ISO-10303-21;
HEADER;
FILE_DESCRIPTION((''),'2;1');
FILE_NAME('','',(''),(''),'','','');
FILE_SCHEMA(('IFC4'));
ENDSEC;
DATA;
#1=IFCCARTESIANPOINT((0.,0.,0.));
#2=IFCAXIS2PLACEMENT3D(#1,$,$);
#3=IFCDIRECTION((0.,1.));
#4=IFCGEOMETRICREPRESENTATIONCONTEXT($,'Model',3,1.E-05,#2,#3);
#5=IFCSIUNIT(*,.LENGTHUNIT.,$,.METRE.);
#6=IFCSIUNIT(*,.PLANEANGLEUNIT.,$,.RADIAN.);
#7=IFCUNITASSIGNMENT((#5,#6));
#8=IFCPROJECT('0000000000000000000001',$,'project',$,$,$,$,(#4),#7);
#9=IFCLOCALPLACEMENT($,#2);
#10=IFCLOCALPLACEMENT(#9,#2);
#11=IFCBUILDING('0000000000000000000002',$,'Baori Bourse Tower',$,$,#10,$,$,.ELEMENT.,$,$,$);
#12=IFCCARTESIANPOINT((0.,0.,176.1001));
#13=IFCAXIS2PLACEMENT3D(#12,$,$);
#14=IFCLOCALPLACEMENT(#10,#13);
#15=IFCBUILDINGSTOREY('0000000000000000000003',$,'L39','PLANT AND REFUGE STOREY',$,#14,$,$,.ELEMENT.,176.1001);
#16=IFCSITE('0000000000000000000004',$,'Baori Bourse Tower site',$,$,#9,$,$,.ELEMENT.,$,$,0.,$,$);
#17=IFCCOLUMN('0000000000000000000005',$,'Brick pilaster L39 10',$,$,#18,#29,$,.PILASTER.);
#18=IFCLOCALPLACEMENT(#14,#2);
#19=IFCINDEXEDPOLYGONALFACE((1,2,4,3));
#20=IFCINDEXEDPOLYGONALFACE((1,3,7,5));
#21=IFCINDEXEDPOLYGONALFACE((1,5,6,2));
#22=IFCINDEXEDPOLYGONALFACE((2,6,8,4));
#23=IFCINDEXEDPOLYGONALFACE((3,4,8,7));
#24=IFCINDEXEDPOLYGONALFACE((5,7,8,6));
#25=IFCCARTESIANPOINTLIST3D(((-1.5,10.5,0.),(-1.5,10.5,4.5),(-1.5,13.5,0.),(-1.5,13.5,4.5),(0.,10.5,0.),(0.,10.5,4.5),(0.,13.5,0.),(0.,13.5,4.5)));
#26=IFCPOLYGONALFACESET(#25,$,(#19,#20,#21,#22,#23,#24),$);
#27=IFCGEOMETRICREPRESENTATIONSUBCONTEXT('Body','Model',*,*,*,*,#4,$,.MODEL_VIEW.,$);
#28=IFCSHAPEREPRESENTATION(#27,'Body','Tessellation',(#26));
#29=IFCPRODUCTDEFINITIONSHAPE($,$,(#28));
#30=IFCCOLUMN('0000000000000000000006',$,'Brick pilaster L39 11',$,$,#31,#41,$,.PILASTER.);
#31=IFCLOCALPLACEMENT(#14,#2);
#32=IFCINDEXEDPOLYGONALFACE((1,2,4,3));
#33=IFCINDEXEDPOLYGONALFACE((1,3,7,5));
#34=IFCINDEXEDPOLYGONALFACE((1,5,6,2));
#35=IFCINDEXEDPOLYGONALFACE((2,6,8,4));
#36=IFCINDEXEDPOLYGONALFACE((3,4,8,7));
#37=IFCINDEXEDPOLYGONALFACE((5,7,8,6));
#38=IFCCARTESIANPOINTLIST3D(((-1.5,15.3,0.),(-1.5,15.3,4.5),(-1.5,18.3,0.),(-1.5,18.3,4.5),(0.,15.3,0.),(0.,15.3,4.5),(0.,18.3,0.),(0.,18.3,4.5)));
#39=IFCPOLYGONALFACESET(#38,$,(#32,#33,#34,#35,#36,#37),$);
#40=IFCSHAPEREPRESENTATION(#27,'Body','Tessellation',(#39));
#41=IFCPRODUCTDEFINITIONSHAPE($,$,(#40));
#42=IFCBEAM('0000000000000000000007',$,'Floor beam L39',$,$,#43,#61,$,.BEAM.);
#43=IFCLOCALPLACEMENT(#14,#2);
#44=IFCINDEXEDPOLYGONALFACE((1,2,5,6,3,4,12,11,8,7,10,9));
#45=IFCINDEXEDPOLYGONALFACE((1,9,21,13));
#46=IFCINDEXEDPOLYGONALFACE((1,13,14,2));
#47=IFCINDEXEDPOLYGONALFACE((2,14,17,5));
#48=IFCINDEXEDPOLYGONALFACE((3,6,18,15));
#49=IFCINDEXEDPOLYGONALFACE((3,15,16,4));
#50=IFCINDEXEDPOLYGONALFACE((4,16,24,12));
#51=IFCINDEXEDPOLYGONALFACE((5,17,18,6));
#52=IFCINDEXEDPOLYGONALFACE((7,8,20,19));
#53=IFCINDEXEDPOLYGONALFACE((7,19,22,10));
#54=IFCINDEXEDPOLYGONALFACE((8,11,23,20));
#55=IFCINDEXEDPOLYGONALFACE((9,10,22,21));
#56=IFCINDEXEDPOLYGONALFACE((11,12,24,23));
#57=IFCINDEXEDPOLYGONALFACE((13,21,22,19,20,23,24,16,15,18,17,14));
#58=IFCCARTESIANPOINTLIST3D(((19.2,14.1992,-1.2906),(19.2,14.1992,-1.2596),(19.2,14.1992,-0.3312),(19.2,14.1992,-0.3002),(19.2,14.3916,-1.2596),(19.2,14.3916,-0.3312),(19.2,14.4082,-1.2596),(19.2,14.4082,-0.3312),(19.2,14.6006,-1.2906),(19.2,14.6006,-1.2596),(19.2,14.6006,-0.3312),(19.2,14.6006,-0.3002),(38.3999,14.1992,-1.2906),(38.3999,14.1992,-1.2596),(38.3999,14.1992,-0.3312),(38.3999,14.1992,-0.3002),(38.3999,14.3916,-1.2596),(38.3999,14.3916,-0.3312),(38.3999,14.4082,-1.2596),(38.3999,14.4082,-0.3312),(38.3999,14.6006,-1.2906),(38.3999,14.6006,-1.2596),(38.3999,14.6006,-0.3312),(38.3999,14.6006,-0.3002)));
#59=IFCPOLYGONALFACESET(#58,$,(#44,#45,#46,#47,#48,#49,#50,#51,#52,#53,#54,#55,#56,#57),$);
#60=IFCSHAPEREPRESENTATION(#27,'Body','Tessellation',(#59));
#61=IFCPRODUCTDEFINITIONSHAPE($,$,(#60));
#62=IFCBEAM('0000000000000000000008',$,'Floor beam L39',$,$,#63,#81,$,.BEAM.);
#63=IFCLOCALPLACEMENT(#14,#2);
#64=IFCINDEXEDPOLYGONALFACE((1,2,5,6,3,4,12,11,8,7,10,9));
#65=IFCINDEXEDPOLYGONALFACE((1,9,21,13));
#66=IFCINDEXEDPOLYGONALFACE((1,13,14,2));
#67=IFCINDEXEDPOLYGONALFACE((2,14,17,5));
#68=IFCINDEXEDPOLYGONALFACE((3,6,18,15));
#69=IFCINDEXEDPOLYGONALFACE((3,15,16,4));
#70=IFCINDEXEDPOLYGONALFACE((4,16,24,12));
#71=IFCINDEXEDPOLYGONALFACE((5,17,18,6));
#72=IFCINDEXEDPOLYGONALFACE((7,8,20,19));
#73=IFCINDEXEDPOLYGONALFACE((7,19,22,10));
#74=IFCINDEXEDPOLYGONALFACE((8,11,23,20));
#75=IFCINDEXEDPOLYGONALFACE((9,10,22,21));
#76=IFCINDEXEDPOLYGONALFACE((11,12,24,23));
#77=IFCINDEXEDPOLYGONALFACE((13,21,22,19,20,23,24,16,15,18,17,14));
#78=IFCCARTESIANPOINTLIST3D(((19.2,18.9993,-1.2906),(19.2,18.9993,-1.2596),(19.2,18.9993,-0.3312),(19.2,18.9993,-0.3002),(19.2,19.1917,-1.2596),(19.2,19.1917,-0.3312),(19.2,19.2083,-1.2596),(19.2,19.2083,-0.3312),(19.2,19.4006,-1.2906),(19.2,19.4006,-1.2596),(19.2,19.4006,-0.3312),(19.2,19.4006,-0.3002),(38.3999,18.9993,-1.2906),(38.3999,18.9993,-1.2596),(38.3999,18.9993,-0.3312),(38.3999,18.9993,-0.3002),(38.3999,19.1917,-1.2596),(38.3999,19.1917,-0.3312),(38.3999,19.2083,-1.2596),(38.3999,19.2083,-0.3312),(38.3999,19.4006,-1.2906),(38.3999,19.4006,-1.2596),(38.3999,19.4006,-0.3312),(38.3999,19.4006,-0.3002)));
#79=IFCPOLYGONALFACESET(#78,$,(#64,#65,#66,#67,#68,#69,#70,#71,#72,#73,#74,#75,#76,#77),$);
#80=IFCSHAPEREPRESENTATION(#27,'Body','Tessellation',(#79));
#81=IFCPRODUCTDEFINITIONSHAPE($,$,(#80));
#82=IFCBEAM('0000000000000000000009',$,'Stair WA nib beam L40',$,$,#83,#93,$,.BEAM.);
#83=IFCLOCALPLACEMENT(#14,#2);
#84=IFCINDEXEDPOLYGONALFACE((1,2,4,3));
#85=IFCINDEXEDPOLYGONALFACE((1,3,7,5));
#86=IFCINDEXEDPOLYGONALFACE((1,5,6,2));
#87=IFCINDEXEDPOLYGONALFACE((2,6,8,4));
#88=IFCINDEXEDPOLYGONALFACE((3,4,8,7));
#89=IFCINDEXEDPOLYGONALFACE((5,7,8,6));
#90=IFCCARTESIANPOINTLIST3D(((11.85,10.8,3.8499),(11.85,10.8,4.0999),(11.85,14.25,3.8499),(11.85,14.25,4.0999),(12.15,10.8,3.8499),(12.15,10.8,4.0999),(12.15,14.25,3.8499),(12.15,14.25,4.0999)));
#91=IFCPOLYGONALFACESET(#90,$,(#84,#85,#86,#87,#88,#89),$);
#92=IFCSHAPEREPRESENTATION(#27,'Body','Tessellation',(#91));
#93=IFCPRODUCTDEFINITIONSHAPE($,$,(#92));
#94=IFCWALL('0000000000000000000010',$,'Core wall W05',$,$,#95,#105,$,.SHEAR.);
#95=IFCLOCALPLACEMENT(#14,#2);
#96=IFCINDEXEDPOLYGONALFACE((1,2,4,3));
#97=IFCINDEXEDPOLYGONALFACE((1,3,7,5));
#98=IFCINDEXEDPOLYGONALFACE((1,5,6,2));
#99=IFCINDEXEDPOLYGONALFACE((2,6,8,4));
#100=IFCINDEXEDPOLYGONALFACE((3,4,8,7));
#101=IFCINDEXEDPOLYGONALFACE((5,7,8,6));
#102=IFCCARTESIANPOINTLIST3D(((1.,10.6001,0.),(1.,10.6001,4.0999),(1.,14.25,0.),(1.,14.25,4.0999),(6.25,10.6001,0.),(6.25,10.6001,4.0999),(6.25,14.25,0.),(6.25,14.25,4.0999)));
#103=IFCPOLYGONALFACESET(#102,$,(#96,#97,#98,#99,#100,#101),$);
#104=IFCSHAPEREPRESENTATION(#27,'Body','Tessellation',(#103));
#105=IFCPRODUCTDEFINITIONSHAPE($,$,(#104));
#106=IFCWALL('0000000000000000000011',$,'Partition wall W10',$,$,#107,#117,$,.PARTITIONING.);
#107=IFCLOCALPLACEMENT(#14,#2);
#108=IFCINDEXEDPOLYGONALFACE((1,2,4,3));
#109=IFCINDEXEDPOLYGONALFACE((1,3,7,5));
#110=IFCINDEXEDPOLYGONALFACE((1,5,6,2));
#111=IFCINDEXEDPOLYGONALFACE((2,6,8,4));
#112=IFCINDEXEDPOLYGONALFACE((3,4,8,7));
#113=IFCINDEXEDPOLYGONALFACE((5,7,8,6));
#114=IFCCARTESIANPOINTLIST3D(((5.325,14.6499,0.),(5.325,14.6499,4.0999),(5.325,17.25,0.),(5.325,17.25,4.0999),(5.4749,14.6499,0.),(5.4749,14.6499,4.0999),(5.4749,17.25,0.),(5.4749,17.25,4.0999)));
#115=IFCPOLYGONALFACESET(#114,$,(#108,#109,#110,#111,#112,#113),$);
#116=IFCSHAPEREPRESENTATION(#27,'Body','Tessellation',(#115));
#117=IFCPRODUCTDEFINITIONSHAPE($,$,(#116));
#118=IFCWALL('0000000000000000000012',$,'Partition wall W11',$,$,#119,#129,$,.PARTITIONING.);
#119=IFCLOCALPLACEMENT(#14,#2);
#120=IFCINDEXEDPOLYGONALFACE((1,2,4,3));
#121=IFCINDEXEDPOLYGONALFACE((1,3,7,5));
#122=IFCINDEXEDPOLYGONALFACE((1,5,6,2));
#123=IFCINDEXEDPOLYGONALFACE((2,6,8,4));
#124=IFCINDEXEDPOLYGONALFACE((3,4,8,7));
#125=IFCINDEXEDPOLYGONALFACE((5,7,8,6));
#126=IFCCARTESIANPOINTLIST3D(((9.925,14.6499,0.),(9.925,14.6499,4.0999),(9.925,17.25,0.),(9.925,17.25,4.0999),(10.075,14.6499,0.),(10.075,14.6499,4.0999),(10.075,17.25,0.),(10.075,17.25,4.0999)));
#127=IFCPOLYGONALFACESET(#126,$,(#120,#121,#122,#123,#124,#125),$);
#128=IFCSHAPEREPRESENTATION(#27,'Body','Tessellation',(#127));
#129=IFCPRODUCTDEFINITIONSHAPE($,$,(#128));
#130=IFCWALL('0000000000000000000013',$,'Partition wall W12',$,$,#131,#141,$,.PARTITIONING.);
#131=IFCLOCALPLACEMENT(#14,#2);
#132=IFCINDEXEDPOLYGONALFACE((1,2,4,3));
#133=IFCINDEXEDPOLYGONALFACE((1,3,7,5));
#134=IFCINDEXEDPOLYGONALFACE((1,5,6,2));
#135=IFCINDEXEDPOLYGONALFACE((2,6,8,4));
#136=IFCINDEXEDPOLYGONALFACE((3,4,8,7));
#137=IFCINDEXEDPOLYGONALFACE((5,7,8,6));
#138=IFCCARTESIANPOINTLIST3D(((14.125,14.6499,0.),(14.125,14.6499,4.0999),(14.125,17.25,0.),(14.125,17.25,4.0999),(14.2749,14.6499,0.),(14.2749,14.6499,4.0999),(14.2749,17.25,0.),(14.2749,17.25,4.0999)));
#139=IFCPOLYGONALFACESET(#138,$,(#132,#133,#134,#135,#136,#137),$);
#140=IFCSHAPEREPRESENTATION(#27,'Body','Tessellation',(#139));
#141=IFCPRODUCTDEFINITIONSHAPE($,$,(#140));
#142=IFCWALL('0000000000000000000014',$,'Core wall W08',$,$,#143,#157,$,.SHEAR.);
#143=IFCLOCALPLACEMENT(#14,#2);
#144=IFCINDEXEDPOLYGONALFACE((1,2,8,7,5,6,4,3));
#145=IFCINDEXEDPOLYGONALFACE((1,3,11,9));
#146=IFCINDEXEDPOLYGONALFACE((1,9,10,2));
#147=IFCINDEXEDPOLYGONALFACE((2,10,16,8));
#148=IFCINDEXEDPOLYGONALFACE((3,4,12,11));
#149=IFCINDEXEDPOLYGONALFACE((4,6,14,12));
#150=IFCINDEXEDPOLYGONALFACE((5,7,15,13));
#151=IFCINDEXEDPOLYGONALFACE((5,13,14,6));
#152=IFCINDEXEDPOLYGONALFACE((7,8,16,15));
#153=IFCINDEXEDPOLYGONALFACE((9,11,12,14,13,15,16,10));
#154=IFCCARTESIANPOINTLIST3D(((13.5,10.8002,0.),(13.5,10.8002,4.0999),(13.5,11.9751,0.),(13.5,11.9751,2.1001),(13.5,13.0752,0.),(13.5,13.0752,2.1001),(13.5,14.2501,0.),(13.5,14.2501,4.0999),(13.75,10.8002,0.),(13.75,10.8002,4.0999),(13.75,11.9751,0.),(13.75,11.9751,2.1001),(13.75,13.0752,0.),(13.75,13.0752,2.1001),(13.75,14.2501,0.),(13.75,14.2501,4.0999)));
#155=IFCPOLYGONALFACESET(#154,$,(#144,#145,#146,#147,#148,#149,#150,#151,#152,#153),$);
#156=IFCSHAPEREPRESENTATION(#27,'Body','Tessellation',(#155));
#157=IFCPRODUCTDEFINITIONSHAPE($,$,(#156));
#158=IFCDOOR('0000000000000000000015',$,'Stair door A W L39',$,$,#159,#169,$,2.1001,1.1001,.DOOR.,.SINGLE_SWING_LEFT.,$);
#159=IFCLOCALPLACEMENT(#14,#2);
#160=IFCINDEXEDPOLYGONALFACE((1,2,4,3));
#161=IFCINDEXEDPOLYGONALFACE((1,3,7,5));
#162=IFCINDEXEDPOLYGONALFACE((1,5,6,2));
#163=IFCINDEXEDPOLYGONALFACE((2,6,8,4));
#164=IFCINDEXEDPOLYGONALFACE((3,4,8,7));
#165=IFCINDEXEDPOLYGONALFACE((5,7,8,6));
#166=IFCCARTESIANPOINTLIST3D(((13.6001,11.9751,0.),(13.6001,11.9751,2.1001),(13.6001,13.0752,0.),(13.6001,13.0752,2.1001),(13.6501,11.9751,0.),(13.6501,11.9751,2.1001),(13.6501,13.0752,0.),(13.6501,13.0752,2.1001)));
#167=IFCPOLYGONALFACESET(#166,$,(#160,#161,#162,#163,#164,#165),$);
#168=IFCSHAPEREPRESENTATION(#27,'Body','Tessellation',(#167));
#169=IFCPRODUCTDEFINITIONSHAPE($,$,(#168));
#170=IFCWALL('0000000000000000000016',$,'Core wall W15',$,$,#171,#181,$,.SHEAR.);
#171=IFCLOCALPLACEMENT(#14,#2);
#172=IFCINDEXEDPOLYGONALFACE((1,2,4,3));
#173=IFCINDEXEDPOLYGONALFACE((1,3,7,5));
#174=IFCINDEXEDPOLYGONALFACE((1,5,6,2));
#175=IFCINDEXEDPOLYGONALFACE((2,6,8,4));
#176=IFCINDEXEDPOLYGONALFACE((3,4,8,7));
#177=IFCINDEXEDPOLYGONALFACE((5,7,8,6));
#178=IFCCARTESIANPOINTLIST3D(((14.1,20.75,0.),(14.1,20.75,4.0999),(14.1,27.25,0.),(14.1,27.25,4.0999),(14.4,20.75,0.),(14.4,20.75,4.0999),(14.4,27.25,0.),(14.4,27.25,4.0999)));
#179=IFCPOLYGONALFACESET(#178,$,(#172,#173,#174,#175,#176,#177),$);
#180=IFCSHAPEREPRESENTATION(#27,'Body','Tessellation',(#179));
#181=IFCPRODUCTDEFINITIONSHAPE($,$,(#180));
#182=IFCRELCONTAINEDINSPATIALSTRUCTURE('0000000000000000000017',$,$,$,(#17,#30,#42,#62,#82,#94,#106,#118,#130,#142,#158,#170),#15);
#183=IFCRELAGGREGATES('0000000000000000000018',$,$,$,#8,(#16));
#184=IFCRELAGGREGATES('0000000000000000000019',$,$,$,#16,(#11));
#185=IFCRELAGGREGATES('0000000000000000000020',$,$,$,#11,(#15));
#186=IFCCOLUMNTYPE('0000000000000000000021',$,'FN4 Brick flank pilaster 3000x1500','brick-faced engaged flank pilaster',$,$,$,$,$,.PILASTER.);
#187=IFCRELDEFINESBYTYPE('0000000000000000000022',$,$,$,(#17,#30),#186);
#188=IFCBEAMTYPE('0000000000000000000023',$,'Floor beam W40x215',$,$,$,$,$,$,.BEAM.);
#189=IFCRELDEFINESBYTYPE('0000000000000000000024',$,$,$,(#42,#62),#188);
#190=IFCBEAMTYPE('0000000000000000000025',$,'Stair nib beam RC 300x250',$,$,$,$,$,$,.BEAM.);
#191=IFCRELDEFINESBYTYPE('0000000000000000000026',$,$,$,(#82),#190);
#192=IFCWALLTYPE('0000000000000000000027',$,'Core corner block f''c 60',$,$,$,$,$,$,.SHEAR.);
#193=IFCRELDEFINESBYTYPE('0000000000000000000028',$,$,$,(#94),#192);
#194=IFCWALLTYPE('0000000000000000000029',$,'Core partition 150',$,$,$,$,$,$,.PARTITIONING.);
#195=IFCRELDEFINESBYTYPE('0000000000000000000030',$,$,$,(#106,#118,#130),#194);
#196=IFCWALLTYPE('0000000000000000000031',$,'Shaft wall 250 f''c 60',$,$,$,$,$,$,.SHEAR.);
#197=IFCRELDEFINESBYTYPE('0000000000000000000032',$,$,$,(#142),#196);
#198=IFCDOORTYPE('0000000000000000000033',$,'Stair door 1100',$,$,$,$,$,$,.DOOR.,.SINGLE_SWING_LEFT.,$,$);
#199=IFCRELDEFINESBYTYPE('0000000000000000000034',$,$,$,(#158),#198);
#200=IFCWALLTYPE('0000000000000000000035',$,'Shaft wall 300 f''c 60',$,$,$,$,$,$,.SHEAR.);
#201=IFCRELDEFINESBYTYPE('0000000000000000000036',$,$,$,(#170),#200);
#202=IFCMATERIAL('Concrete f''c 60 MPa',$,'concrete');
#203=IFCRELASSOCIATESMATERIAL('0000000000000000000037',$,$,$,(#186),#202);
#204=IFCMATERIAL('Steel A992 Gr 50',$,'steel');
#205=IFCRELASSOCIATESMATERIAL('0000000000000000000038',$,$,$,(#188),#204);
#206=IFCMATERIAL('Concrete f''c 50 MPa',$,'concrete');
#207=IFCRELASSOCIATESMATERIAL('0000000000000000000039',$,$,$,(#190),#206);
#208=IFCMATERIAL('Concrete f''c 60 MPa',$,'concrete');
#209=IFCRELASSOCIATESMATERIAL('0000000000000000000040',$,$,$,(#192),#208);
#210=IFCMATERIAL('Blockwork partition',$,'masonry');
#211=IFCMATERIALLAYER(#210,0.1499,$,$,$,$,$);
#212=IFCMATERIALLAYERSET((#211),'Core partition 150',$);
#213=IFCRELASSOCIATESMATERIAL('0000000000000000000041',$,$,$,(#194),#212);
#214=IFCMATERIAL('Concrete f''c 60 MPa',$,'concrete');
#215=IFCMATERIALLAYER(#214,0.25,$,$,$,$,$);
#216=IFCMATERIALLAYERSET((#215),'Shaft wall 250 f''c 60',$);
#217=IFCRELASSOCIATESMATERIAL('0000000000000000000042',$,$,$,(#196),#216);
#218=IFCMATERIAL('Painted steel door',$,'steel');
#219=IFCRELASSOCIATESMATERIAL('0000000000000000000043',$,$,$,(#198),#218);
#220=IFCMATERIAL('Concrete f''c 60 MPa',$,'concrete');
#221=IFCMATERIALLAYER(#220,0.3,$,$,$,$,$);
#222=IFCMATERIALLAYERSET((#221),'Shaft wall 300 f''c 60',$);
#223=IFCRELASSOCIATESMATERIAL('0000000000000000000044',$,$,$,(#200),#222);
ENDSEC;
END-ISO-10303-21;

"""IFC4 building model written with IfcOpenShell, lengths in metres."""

from ifc_helpers import new_model, si_unit, direction, frame, frame_2d, origin, origin_2d, place, context, subcontext, project, spatial, rectangle, i_section, extrude, material, layer, layer_set, material_profile, profile_set, type_object, element, fill, save


model = new_model("IFC4")

# Units and contexts
model_context = context("Model", 3, precision=1e-05, world=origin(), true_north=direction((0.0, 1.0)))
body_context = subcontext(model_context, "Body", "Model", "MODEL_VIEW")
ifc_project = project(units=[si_unit("LENGTHUNIT", "METRE"), si_unit("PLANEANGLEUNIT", "RADIAN")], contexts=[model_context])

# Site, building, storey
site_placement = place(None, origin())
site = spatial("IfcSite", under=ifc_project, at=site_placement, Name="Baori Bourse Tower site", CompositionType="ELEMENT", RefElevation=0.0)
building_placement = place(site_placement, origin())
building = spatial("IfcBuilding", under=site, at=building_placement, Name="Baori Bourse Tower", CompositionType="ELEMENT")
storey_placement = place(building_placement, frame((0.0, 0.0, 176.1001)))
storey = spatial("IfcBuildingStorey", under=building, at=storey_placement, Name="L39", Description="PLANT AND REFUGE STOREY", CompositionType="ELEMENT", Elevation=176.1001)

# Columns
ifc_material_1 = material(Name="Concrete f'c 60 MPa", Category="concrete")
ifc_material_profile_1 = material_profile(ifc_material_1, rectangle(XDim=3.0, YDim=1.5, at=origin_2d()), Name="RC 3000x1500")
ifc_profile_set_1 = profile_set([ifc_material_profile_1], Name="Concrete f'c 60 MPa")
column_type = type_object("IfcColumnType", Name="FN4 Brick flank pilaster 3000x1500", Description="brick-faced engaged flank pilaster", PredefinedType="PILASTER", material=ifc_profile_set_1)
for number, where, z_axis, x_axis, name in (
    (1, (-0.75, 12.0, 0.0), (0.0, 0.0, 1.0), (0.0, 1.0, 0.0), "Brick pilaster L39 10"),
    (2, (-0.75, 16.8, 0.0), (0.0, 0.0, 1.0), (0.0, 1.0, 0.0), "Brick pilaster L39 11"),
):
    element("IfcColumn", number, at=place(storey_placement, frame(where, z_axis=z_axis, x_axis=x_axis)), inside=storey, type_object=column_type, Name=name, PredefinedType="PILASTER", context=body_context, shape_type="SweptSolid", body=[
        extrude(rectangle(XDim=3.0, YDim=1.5, at=origin_2d()), origin(), (0.0, 0.0, 1.0), 4.5),
    ])

# Beams
ifc_material_2 = material(Name="Steel A992 Gr 50", Category="steel")
ifc_material_profile_2 = material_profile(ifc_material_2, i_section(OverallWidth=0.4014, OverallDepth=0.9905, WebThickness=0.0166, FlangeThickness=0.031, at=origin_2d()), Name="W40x215")
ifc_profile_set_2 = profile_set([ifc_material_profile_2], Name="Steel A992 Gr 50")
beam_type_1 = type_object("IfcBeamType", Name="Floor beam W40x215", PredefinedType="BEAM", material=ifc_profile_set_2)
for number, where, z_axis, x_axis, name in (
    (3, (19.2, 14.3999, -0.7954), (1.0, 0.0, 0.0), (0.0, 1.0, 0.0), "Floor beam L39"),
    (4, (19.2, 19.2, -0.7954), (1.0, 0.0, 0.0), (0.0, 1.0, 0.0), "Floor beam L39"),
):
    element("IfcBeam", number, at=place(storey_placement, frame(where, z_axis=z_axis, x_axis=x_axis)), inside=storey, type_object=beam_type_1, Name=name, PredefinedType="BEAM", context=body_context, shape_type="SweptSolid", body=[
        extrude(i_section(OverallWidth=0.4014, OverallDepth=0.9905, WebThickness=0.0166, FlangeThickness=0.031, at=origin_2d()), origin(), (0.0, 0.0, 1.0), 19.2),
    ])
ifc_material_3 = material(Name="Concrete f'c 50 MPa", Category="concrete")
ifc_material_profile_3 = material_profile(ifc_material_3, rectangle(XDim=0.3, YDim=0.25, at=origin_2d()), Name="RC 300x250")
ifc_profile_set_3 = profile_set([ifc_material_profile_3], Name="Concrete f'c 50 MPa")
beam_type_2 = type_object("IfcBeamType", Name="Stair nib beam RC 300x250", PredefinedType="BEAM", material=ifc_profile_set_3)
beam_placement = place(storey_placement, frame((12.0, 10.8, 3.9749), z_axis=(0.0, 1.0, 0.0), x_axis=(-1.0, 0.0, 0.0)))
element("IfcBeam", 5, at=beam_placement, inside=storey, type_object=beam_type_2, Name="Stair WA nib beam L40", PredefinedType="BEAM", context=body_context, shape_type="SweptSolid", body=[
    extrude(rectangle(XDim=0.3, YDim=0.25, at=origin_2d()), origin(), (0.0, 0.0, 1.0), 3.45),
])

# Walls
ifc_material_4 = material(Name="Concrete f'c 60 MPa", Category="concrete")
wall_type_1 = type_object("IfcWallType", Name="Core corner block f'c 60", PredefinedType="SHEAR", material=ifc_material_4)
wall_1_placement = place(storey_placement, frame((1.0, 12.425, 0.0), z_axis=(0.0, 0.0, 1.0), x_axis=(1.0, 0.0, 0.0)))
element("IfcWall", 6, at=wall_1_placement, inside=storey, type_object=wall_type_1, Name="Core wall W05", PredefinedType="SHEAR", context=body_context, shape_type="SweptSolid", body=[
    extrude(rectangle(XDim=5.25, YDim=3.6499, at=frame_2d((2.625, 0.0))), origin(), (0.0, 0.0, 1.0), 4.0999),
])
ifc_material_5 = material(Name="Blockwork partition", Category="masonry")
ifc_layer_1 = layer(ifc_material_5, 0.1499)
ifc_layer_set_1 = layer_set([ifc_layer_1], Name="Core partition 150")
wall_type_2 = type_object("IfcWallType", Name="Core partition 150", PredefinedType="PARTITIONING", material=ifc_layer_set_1)
for number, where, z_axis, x_axis, name in (
    (7, (5.3999, 14.6499, 0.0), (0.0, 0.0, 1.0), (0.0, 1.0, 0.0), "Partition wall W10"),
    (8, (10.0, 14.6499, 0.0), (0.0, 0.0, 1.0), (0.0, 1.0, 0.0), "Partition wall W11"),
    (9, (14.2, 14.6499, 0.0), (0.0, 0.0, 1.0), (0.0, 1.0, 0.0), "Partition wall W12"),
):
    element("IfcWall", number, at=place(storey_placement, frame(where, z_axis=z_axis, x_axis=x_axis)), inside=storey, type_object=wall_type_2, Name=name, PredefinedType="PARTITIONING", context=body_context, shape_type="SweptSolid", body=[
        extrude(rectangle(XDim=2.6001, YDim=0.1499, at=frame_2d((1.3, 0.0))), origin(), (0.0, 0.0, 1.0), 4.0999),
    ])

# Wall, opening, door
ifc_material_6 = material(Name="Concrete f'c 60 MPa", Category="concrete")
ifc_layer_2 = layer(ifc_material_6, 0.25)
ifc_layer_set_2 = layer_set([ifc_layer_2], Name="Shaft wall 250 f'c 60")
wall_type_3 = type_object("IfcWallType", Name="Shaft wall 250 f'c 60", PredefinedType="SHEAR", material=ifc_layer_set_2)
wall_2_placement = place(storey_placement, frame((13.625, 10.8, 0.0), z_axis=(0.0, 0.0, 1.0), x_axis=(0.0, 1.0, 0.0)))
wall_2 = element("IfcWall", 10, at=wall_2_placement, inside=storey, type_object=wall_type_3, Name="Core wall W08", PredefinedType="SHEAR", context=body_context, shape_type="SweptSolid", body=[
    extrude(rectangle(XDim=3.45, YDim=0.25, at=frame_2d((1.7251, 0.0))), origin(), (0.0, 0.0, 1.0), 4.0999),
])
opening_1_placement = place(wall_2_placement, frame((1.175, 0.0, 0.0)))
opening_1 = element("IfcOpeningElement", 11, at=opening_1_placement, cuts=wall_2, PredefinedType="OPENING", context=body_context, shape_type="SweptSolid", body=[
    extrude(rectangle(XDim=1.1001, YDim=2.1001, at=frame_2d((0.55, 1.05))), frame((0.0, 0.135, 0.0), z_axis=(0.0, -1.0, 0.0), x_axis=(1.0, 0.0, 0.0)), (0.0, 0.0, 1.0), 0.27),
])
ifc_material_7 = material(Name="Painted steel door", Category="steel")
door_type_1 = type_object("IfcDoorType", Name="Stair door 1100", OperationType="SINGLE_SWING_LEFT", PredefinedType="DOOR", material=ifc_material_7)
door_1_placement = place(opening_1_placement, origin())
door_1 = element("IfcDoor", 12, at=door_1_placement, inside=storey, type_object=door_type_1, Name="Stair door A W L39", OperationType="SINGLE_SWING_LEFT", OverallHeight=2.1001, OverallWidth=1.1001, PredefinedType="DOOR", context=body_context, shape_type="SweptSolid", body=[
    extrude(rectangle(XDim=1.1001, YDim=2.1001, at=frame_2d((0.55, 1.05))), frame((0.0, 0.0249, 0.0), z_axis=(0.0, -1.0, 0.0), x_axis=(1.0, 0.0, 0.0)), (0.0, 0.0, 1.0), 0.05),
])
fill(opening_1, door_1)

# Wall
ifc_material_8 = material(Name="Concrete f'c 60 MPa", Category="concrete")
ifc_layer_3 = layer(ifc_material_8, 0.3)
ifc_layer_set_3 = layer_set([ifc_layer_3], Name="Shaft wall 300 f'c 60")
wall_type_4 = type_object("IfcWallType", Name="Shaft wall 300 f'c 60", PredefinedType="SHEAR", material=ifc_layer_set_3)
wall_3_placement = place(storey_placement, frame((14.25, 20.75, 0.0), z_axis=(0.0, 0.0, 1.0), x_axis=(0.0, 1.0, 0.0)))
element("IfcWall", 13, at=wall_3_placement, inside=storey, type_object=wall_type_4, Name="Core wall W15", PredefinedType="SHEAR", context=body_context, shape_type="SweptSolid", body=[
    extrude(rectangle(XDim=6.5, YDim=0.3, at=frame_2d((3.25, 0.0))), origin(), (0.0, 0.0, 1.0), 4.0999),
])

save(model, "model.ifc")
